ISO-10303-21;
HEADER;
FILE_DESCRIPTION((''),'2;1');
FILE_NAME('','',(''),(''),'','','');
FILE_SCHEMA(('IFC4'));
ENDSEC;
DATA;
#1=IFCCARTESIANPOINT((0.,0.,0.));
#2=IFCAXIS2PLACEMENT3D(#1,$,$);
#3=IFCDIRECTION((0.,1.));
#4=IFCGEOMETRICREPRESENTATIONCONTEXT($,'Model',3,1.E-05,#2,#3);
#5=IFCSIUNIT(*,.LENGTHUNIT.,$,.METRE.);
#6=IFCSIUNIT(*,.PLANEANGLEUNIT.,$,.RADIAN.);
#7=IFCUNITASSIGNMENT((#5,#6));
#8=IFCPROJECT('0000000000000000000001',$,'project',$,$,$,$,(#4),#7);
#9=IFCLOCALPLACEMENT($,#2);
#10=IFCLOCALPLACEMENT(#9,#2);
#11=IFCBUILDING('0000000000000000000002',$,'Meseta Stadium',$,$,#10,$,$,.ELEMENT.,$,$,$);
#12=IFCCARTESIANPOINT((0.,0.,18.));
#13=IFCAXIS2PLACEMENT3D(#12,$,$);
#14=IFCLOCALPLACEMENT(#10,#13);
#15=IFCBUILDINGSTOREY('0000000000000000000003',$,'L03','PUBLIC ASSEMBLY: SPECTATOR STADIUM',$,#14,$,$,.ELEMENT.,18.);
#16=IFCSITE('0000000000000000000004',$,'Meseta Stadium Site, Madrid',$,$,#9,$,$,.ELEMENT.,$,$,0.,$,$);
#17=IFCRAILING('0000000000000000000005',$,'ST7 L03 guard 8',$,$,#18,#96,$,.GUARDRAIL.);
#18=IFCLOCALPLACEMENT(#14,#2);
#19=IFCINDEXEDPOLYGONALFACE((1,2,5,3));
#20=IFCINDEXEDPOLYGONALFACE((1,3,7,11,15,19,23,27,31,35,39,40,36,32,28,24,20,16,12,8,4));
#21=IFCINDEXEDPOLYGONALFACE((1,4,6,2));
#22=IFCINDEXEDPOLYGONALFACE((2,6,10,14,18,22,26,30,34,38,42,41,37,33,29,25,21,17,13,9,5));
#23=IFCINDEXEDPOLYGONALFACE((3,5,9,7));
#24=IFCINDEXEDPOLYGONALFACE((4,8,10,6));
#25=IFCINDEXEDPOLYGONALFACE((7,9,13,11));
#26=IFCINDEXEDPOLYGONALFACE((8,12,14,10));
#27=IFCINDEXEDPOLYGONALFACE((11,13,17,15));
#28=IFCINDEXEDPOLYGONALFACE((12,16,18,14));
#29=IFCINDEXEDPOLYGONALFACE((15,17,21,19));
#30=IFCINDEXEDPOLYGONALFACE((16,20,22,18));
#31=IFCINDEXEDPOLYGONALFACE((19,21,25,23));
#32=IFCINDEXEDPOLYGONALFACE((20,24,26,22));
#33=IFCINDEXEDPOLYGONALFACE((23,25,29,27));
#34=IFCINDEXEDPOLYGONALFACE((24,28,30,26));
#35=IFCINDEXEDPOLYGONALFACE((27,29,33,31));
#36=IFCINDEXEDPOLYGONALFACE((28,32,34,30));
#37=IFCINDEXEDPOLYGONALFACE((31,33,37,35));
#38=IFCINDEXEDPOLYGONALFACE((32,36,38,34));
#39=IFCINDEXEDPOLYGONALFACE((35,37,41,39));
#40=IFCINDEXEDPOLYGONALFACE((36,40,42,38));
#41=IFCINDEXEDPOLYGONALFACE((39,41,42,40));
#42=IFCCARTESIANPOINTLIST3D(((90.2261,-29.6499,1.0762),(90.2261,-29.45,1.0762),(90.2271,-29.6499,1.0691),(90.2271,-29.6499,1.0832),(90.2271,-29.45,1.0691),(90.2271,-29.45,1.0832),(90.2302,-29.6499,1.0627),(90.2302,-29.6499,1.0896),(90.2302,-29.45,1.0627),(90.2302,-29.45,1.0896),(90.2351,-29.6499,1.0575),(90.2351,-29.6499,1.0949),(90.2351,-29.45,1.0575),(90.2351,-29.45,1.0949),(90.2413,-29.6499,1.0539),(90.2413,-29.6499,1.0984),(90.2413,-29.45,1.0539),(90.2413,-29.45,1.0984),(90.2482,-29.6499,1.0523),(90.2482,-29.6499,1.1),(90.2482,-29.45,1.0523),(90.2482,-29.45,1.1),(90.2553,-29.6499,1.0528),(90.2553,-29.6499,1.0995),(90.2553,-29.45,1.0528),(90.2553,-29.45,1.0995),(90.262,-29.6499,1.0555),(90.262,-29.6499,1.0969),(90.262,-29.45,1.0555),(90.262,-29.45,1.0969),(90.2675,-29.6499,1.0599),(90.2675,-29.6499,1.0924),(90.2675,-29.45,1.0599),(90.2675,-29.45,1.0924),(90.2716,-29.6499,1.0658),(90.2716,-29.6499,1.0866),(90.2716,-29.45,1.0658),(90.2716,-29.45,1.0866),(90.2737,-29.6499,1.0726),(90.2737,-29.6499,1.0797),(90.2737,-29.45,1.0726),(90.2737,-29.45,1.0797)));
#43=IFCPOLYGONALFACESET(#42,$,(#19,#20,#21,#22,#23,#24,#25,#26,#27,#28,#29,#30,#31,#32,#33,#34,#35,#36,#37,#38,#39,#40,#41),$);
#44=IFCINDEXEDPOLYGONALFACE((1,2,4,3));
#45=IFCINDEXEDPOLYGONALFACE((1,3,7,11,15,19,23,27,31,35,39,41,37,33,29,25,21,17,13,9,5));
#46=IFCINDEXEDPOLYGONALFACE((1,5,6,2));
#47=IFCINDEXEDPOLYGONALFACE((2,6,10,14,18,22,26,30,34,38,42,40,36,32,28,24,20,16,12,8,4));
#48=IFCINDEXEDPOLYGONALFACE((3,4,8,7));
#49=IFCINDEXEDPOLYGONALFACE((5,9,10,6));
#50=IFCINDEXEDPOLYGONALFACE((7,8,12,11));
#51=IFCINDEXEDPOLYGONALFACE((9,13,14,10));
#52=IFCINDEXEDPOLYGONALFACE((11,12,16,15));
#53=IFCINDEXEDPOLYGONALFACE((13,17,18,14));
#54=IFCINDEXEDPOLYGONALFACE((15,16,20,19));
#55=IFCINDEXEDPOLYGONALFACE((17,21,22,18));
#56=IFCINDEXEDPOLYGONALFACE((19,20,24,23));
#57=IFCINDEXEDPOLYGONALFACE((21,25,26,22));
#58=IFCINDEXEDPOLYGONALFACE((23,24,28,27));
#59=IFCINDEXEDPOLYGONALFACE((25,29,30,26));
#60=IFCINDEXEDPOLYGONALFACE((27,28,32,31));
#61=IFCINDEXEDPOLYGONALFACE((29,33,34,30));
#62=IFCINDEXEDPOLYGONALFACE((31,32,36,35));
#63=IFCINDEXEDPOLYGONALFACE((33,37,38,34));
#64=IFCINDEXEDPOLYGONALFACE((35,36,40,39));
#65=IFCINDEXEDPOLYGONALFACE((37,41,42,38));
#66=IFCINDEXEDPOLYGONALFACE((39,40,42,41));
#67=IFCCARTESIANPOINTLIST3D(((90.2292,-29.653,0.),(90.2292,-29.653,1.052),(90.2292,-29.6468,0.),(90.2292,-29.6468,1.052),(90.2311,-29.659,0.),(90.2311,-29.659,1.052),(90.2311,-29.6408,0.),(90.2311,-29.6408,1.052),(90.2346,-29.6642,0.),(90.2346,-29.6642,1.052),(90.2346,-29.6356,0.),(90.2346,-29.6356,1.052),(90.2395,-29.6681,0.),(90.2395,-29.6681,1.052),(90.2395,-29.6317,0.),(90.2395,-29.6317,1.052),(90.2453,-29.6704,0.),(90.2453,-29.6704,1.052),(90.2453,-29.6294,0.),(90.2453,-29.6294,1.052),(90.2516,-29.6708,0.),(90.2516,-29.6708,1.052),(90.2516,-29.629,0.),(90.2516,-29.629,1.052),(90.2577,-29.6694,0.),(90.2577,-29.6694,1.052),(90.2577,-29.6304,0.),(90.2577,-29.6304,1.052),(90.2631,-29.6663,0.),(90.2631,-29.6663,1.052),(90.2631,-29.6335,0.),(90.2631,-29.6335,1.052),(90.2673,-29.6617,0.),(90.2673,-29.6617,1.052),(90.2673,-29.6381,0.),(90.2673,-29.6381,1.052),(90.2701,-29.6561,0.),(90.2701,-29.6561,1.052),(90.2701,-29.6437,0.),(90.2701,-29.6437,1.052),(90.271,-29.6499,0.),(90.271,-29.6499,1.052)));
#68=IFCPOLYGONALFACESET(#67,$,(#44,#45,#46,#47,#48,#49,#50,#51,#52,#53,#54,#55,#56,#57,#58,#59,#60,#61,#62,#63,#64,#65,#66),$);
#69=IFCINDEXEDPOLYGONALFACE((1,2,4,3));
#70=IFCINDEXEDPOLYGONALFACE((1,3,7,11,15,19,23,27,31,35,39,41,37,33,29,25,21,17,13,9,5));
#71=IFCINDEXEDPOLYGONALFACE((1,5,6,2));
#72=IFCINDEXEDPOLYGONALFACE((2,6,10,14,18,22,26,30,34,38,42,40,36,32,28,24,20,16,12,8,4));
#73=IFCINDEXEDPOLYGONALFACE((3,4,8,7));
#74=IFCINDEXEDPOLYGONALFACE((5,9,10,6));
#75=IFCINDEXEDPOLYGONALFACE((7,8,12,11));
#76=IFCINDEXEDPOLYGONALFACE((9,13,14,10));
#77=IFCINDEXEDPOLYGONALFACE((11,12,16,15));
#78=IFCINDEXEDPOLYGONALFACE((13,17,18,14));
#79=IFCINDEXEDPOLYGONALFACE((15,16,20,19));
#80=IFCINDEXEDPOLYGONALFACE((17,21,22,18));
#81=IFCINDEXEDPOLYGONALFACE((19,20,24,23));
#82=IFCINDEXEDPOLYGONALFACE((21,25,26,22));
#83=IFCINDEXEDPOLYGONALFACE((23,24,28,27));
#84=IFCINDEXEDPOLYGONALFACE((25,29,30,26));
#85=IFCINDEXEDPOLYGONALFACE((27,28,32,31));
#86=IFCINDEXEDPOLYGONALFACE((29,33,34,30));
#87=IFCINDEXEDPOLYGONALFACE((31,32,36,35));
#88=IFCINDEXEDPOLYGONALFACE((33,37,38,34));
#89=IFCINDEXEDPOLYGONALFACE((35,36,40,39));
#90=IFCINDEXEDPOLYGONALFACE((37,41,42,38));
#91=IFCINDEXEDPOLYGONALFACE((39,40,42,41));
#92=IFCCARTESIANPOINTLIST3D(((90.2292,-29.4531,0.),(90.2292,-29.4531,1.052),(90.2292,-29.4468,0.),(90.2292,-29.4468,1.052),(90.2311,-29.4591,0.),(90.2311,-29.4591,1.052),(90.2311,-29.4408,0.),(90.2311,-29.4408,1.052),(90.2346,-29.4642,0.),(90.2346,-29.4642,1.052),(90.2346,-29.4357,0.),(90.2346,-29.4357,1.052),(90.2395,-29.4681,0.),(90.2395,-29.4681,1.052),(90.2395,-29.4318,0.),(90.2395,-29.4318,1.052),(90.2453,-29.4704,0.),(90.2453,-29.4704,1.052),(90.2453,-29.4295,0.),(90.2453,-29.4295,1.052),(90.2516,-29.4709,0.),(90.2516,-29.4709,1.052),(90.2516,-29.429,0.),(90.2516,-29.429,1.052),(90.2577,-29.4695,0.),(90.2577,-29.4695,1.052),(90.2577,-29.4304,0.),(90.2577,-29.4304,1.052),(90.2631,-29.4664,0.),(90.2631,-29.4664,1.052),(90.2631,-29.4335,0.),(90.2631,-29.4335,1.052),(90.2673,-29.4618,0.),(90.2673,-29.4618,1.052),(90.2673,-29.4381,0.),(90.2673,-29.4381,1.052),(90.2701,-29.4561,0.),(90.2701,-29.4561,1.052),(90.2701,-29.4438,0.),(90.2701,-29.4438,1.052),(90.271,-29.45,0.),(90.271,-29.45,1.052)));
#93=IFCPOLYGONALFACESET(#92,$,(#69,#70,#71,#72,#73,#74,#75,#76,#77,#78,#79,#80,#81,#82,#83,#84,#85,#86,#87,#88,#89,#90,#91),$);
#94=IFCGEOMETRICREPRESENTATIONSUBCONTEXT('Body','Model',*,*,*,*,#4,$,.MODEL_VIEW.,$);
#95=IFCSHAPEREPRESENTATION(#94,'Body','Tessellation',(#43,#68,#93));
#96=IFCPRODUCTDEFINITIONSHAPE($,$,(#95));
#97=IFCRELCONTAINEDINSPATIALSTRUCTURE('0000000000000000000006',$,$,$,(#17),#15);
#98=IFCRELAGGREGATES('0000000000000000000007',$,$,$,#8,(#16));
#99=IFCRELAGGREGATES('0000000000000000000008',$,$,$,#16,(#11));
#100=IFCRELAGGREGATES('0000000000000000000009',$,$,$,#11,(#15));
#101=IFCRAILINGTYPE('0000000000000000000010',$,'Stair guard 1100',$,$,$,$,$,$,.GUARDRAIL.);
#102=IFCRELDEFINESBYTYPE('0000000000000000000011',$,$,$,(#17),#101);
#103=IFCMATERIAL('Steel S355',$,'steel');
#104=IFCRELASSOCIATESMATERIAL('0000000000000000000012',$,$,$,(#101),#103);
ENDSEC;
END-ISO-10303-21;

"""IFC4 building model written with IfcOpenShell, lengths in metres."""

from ifc_helpers import new_model, si_unit, direction, frame, origin, origin_2d, place, context, subcontext, project, spatial, circle, extrude, material, type_object, element, save


model = new_model("IFC4")

# Units and contexts
model_context = context("Model", 3, precision=1e-05, world=origin(), true_north=direction((0.0, 1.0)))
body_context = subcontext(model_context, "Body", "Model", "MODEL_VIEW")
ifc_project = project(units=[si_unit("LENGTHUNIT", "METRE"), si_unit("PLANEANGLEUNIT", "RADIAN")], contexts=[model_context])

# Site, building, storey
site_placement = place(None, origin())
site = spatial("IfcSite", under=ifc_project, at=site_placement, Name="Meseta Stadium Site, Madrid", CompositionType="ELEMENT", RefElevation=0.0)
building_placement = place(site_placement, origin())
building = spatial("IfcBuilding", under=site, at=building_placement, Name="Meseta Stadium", CompositionType="ELEMENT")
storey_placement = place(building_placement, frame((0.0, 0.0, 18.0)))
storey = spatial("IfcBuildingStorey", under=building, at=storey_placement, Name="L03", Description="PUBLIC ASSEMBLY: SPECTATOR STADIUM", CompositionType="ELEMENT", Elevation=18.0)

# Railing
ifc_material_1 = material(Name="Steel S355", Category="steel")
railing_type_1 = type_object("IfcRailingType", Name="Stair guard 1100", PredefinedType="GUARDRAIL", material=ifc_material_1)
railing_1_placement = place(storey_placement, frame((90.25, -29.6499, 0.0)))
element("IfcRailing", 1, at=railing_1_placement, inside=storey, type_object=railing_type_1, Name="ST7 L03 guard 8", PredefinedType="GUARDRAIL", context=body_context, shape_type="SweptSolid", body=[
    extrude(circle(Radius=0.0239, at=origin_2d()), frame((0.0, 0.0, 1.0762), z_axis=(0.0, 1.0, 0.0), x_axis=(-1.0, 0.0, 0.0)), (0.0, 0.0, 1.0), 0.2),
    extrude(circle(Radius=0.021, at=origin_2d()), origin(), (0.0, 0.0, 1.0), 1.052),
    extrude(circle(Radius=0.021, at=origin_2d()), frame((0.0, 0.2, 0.0)), (0.0, 0.0, 1.0), 1.052),
])

save(model, "model.ifc")
